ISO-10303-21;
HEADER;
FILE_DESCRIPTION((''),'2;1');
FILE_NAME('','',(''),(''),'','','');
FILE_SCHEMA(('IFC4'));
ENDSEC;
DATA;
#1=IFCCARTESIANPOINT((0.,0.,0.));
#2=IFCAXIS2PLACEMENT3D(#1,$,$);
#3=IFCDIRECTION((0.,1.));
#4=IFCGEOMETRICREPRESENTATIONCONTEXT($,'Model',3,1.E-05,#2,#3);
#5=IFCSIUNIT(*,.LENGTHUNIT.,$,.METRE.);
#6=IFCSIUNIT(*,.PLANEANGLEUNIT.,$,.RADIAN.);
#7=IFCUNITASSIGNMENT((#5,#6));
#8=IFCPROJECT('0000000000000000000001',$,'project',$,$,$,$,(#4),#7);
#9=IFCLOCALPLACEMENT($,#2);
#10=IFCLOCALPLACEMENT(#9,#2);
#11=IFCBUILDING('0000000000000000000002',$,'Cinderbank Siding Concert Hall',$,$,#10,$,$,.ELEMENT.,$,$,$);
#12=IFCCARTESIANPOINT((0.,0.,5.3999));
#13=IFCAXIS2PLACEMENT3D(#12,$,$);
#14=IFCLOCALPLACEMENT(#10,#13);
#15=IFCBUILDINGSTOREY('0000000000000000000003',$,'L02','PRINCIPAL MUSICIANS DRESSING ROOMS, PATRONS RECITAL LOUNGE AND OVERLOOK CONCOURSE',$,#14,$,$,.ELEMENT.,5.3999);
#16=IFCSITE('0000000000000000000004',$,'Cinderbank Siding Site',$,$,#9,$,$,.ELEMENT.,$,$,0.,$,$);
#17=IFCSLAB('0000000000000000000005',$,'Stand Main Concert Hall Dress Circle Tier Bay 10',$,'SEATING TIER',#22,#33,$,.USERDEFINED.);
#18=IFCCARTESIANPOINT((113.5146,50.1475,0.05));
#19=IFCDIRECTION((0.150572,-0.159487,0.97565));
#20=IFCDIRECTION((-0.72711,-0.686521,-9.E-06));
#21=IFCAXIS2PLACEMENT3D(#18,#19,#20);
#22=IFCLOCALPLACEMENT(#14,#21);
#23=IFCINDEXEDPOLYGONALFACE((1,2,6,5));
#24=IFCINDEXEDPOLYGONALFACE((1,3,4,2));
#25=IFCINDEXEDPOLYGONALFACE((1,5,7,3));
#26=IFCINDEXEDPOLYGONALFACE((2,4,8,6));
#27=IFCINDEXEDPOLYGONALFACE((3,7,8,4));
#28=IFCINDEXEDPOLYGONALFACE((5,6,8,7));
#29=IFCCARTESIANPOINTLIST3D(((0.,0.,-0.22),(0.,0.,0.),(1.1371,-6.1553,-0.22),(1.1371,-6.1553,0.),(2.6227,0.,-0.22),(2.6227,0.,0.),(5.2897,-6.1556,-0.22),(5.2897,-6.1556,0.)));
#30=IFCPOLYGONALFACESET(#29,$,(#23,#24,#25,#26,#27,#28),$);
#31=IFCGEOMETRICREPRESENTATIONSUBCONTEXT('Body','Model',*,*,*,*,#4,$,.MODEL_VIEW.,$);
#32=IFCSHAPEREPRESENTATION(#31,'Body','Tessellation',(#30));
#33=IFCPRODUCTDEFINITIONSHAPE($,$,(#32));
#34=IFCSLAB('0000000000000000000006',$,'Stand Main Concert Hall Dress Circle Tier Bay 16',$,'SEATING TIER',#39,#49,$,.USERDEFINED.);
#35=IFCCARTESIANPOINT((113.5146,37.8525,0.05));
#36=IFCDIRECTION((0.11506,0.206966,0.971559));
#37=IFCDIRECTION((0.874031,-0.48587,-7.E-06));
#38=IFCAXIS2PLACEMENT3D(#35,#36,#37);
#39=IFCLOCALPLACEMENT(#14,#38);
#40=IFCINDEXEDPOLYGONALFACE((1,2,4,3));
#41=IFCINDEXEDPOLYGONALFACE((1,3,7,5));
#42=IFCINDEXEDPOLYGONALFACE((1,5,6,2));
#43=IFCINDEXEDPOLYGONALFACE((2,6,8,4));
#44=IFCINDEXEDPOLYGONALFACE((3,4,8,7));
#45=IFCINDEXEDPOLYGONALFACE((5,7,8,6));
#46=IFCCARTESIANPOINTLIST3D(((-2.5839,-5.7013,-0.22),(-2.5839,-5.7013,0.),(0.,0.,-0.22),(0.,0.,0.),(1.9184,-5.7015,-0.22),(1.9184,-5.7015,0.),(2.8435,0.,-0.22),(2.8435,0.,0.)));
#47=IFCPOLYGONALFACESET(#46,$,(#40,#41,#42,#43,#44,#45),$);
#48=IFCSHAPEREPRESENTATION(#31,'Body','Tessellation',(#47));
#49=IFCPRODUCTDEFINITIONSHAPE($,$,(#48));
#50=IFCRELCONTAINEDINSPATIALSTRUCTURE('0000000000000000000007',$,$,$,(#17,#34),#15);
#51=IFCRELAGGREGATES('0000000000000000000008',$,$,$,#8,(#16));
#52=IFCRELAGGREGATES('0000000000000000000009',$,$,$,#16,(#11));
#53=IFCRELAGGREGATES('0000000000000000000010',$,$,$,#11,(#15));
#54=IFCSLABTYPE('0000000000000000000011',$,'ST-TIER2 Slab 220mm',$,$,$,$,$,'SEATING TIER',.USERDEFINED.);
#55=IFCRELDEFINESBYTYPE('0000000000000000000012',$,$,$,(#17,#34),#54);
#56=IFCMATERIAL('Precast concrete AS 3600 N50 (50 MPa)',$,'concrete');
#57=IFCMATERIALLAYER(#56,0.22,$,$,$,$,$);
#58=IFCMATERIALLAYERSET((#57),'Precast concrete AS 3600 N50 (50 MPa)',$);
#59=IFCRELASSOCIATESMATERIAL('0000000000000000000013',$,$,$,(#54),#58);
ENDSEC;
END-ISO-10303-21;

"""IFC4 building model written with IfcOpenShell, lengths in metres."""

from ifc_helpers import new_model, si_unit, direction, frame, origin, place, context, subcontext, project, spatial, polyline, outline, extrude, material, layer, layer_set, type_object, element, save


model = new_model("IFC4")

# Units and contexts
model_context = context("Model", 3, precision=1e-05, world=origin(), true_north=direction((0.0, 1.0)))
body_context = subcontext(model_context, "Body", "Model", "MODEL_VIEW")
ifc_project = project(units=[si_unit("LENGTHUNIT", "METRE"), si_unit("PLANEANGLEUNIT", "RADIAN")], contexts=[model_context])

# Site, building, storey
site_placement = place(None, origin())
site = spatial("IfcSite", under=ifc_project, at=site_placement, Name="Cinderbank Siding Site", CompositionType="ELEMENT", RefElevation=0.0)
building_placement = place(site_placement, origin())
building = spatial("IfcBuilding", under=site, at=building_placement, Name="Cinderbank Siding Concert Hall", CompositionType="ELEMENT")
storey_placement = place(building_placement, frame((0.0, 0.0, 5.3999)))
storey = spatial("IfcBuildingStorey", under=building, at=storey_placement, Name="L02", Description="PRINCIPAL MUSICIANS DRESSING ROOMS, PATRONS RECITAL LOUNGE AND OVERLOOK CONCOURSE", CompositionType="ELEMENT", Elevation=5.3999)

# Slabs
ifc_material_1 = material(Name="Precast concrete AS 3600 N50 (50 MPa)", Category="concrete")
ifc_layer_1 = layer(ifc_material_1, 0.22)
ifc_layer_set_1 = layer_set([ifc_layer_1], Name="Precast concrete AS 3600 N50 (50 MPa)")
slab_type = type_object("IfcSlabType", Name="ST-TIER2 Slab 220mm", ElementType="SEATING TIER", PredefinedType="USERDEFINED", material=ifc_layer_set_1)
slab_1_placement = place(storey_placement, frame((113.5146, 50.1475, 0.05), z_axis=(0.150572, -0.159487, 0.97565), x_axis=(-0.72711, -0.686521, -0.000009)))
element("IfcSlab", 1, at=slab_1_placement, inside=storey, type_object=slab_type, Name="Stand Main Concert Hall Dress Circle Tier Bay 10", ObjectType="SEATING TIER", PredefinedType="USERDEFINED", context=body_context, shape_type="SweptSolid", body=[
    extrude(outline(polyline([(0.0, 0.0), (2.6227, 0.0), (5.2897, -6.1556), (1.1371, -6.1553), (0.0, 0.0)])), origin(), (0.0, 0.0, -1.0), 0.22),
])
slab_2_placement = place(storey_placement, frame((113.5146, 37.8525, 0.05), z_axis=(0.11506, 0.206966, 0.971559), x_axis=(0.874031, -0.48587, -0.000007)))
element("IfcSlab", 2, at=slab_2_placement, inside=storey, type_object=slab_type, Name="Stand Main Concert Hall Dress Circle Tier Bay 16", ObjectType="SEATING TIER", PredefinedType="USERDEFINED", context=body_context, shape_type="SweptSolid", body=[
    extrude(outline(polyline([(0.0, 0.0), (2.8435, 0.0), (1.9184, -5.7015), (-2.5839, -5.7013), (0.0, 0.0)])), origin(), (0.0, 0.0, -1.0), 0.22),
])

save(model, "model.ifc")
